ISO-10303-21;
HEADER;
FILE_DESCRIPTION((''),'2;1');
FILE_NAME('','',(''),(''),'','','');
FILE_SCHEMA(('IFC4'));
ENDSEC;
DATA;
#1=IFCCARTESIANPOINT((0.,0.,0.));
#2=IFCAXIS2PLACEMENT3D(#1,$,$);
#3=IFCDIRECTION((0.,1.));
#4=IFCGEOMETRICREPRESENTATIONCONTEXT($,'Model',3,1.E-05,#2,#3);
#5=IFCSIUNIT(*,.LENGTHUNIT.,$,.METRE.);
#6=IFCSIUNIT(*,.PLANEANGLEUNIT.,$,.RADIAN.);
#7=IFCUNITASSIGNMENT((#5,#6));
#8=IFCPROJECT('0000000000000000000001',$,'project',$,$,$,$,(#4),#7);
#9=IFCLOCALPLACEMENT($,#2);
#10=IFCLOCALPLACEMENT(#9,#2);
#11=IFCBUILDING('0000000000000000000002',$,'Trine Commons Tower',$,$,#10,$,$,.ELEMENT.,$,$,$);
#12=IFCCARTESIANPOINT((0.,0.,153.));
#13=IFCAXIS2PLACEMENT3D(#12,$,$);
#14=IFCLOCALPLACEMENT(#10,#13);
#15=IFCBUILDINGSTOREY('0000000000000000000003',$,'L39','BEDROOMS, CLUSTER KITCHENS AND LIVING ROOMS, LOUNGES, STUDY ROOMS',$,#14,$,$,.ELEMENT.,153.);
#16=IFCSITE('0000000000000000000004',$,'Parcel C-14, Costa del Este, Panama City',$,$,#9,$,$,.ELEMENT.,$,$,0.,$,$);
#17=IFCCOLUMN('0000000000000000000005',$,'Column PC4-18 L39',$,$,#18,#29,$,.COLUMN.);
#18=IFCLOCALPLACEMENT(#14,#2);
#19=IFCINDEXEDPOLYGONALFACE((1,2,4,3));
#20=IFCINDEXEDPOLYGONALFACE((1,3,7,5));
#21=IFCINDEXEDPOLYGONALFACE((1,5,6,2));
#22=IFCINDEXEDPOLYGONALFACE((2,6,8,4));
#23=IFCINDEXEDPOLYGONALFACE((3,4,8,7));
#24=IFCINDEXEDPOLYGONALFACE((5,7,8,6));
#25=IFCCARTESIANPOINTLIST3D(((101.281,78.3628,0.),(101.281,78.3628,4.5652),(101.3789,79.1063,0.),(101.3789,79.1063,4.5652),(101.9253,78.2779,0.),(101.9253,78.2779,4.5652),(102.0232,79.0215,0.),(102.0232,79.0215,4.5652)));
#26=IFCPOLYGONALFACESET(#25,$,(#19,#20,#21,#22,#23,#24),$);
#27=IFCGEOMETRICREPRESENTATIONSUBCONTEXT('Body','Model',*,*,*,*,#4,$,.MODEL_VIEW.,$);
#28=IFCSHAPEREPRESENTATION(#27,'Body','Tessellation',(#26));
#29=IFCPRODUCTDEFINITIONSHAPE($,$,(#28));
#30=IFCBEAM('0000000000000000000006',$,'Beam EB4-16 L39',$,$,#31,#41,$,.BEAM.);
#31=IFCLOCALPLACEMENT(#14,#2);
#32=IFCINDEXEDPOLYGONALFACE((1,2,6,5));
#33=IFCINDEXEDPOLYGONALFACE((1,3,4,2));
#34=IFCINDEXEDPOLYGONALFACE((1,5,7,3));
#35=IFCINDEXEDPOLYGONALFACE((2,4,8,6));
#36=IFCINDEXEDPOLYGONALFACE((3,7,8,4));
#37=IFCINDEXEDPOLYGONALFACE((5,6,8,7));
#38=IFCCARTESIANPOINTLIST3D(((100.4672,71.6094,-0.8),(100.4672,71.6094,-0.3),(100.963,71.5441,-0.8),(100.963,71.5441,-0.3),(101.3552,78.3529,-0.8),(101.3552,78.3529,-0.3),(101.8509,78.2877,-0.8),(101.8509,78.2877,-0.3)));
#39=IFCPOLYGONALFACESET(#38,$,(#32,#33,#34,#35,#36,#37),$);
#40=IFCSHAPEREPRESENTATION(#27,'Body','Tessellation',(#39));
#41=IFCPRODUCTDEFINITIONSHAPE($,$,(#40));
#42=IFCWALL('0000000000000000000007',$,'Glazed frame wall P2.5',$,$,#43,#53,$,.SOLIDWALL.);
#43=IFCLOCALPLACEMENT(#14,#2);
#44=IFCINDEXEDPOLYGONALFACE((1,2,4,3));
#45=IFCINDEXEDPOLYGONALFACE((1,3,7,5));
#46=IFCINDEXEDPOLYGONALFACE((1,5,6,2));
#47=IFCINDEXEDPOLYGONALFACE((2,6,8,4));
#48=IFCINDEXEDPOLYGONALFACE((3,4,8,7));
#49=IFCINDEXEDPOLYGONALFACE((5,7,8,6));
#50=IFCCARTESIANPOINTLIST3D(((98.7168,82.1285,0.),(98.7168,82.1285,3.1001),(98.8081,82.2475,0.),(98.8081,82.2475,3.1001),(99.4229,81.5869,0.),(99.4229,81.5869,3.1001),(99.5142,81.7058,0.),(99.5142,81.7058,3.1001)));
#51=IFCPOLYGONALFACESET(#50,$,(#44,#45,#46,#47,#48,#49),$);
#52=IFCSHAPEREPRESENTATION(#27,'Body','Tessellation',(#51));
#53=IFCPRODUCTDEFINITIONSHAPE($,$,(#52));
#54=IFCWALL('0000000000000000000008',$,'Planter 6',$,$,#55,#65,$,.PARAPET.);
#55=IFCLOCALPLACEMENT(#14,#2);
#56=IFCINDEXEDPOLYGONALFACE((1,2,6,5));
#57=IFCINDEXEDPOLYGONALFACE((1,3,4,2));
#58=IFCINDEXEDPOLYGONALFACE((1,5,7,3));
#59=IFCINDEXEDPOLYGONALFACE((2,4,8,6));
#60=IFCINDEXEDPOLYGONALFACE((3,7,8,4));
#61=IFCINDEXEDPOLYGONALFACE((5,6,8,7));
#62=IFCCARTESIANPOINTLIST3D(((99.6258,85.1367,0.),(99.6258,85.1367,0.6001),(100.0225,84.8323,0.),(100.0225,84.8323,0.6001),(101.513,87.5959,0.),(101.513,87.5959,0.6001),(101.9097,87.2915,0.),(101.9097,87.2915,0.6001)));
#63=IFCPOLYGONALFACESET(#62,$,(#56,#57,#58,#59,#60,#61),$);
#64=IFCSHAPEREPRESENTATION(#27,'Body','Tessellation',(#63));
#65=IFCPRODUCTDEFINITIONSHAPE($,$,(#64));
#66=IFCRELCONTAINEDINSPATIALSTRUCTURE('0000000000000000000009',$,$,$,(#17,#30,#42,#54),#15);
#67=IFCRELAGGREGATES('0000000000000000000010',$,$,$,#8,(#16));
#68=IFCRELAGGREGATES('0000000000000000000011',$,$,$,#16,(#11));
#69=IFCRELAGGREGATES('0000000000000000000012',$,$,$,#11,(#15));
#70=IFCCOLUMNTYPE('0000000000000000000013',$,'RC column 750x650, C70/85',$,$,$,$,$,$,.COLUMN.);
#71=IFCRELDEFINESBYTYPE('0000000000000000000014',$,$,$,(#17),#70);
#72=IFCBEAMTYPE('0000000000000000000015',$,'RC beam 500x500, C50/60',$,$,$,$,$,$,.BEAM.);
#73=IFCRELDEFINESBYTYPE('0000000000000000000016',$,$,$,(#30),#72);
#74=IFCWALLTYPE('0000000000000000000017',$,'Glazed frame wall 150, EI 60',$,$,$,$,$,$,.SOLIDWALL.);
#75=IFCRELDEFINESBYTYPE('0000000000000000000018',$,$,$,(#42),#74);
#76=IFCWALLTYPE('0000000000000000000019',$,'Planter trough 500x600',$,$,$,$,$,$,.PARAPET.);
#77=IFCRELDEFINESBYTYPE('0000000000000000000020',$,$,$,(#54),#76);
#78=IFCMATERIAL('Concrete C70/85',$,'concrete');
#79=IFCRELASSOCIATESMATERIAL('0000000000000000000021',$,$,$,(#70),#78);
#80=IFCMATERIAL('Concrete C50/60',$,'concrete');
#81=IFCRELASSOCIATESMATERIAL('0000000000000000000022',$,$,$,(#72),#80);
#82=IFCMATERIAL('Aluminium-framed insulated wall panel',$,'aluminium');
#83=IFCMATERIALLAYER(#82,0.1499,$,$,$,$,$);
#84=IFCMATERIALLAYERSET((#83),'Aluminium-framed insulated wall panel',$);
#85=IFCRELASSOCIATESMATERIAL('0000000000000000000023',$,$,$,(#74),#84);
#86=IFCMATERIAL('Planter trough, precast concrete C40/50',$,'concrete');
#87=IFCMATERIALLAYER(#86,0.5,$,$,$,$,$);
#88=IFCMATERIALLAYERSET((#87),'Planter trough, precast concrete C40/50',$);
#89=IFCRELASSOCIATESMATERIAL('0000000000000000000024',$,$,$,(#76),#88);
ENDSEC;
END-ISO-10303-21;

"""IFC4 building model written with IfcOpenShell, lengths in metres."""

from ifc_helpers import new_model, si_unit, direction, frame, frame_2d, origin, origin_2d, place, context, subcontext, project, spatial, polyline, rectangle, outline, extrude, material, layer, layer_set, material_profile, profile_set, type_object, element, save


model = new_model("IFC4")

# Units and contexts
model_context = context("Model", 3, precision=1e-05, world=origin(), true_north=direction((0.0, 1.0)))
body_context = subcontext(model_context, "Body", "Model", "MODEL_VIEW")
ifc_project = project(units=[si_unit("LENGTHUNIT", "METRE"), si_unit("PLANEANGLEUNIT", "RADIAN")], contexts=[model_context])

# Site, building, storey
site_placement = place(None, origin())
site = spatial("IfcSite", under=ifc_project, at=site_placement, Name="Parcel C-14, Costa del Este, Panama City", CompositionType="ELEMENT", RefElevation=0.0)
building_placement = place(site_placement, origin())
building = spatial("IfcBuilding", under=site, at=building_placement, Name="Trine Commons Tower", CompositionType="ELEMENT")
storey_placement = place(building_placement, frame((0.0, 0.0, 153.0)))
storey = spatial("IfcBuildingStorey", under=building, at=storey_placement, Name="L39", Description="BEDROOMS, CLUSTER KITCHENS AND LIVING ROOMS, LOUNGES, STUDY ROOMS", CompositionType="ELEMENT", Elevation=153.0)

# Column
ifc_material_1 = material(Name="Concrete C70/85", Category="concrete")
ifc_material_profile_1 = material_profile(ifc_material_1, rectangle(XDim=0.75, YDim=0.6499, at=origin_2d()), Name="RC 750x650")
ifc_profile_set_1 = profile_set([ifc_material_profile_1], Name="Concrete C70/85")
column_type = type_object("IfcColumnType", Name="RC column 750x650, C70/85", PredefinedType="COLUMN", material=ifc_profile_set_1)
column_placement = place(storey_placement, frame((101.6521, 78.6921, 0.0), z_axis=(0.0, 0.0, 1.0), x_axis=(0.130526, 0.991445, 0.0)))
element("IfcColumn", 1, at=column_placement, inside=storey, type_object=column_type, Name="Column PC4-18 L39", PredefinedType="COLUMN", context=body_context, shape_type="SweptSolid", body=[
    extrude(rectangle(XDim=0.75, YDim=0.6499, at=origin_2d()), origin(), (0.0, 0.0, 1.0), 4.5652),
])

# Beam
ifc_material_2 = material(Name="Concrete C50/60", Category="concrete")
ifc_material_profile_2 = material_profile(ifc_material_2, rectangle(XDim=0.5, YDim=0.5, at=origin_2d()), Name="RC 500x500")
ifc_profile_set_2 = profile_set([ifc_material_profile_2], Name="Concrete C50/60")
beam_type = type_object("IfcBeamType", Name="RC beam 500x500, C50/60", PredefinedType="BEAM", material=ifc_profile_set_2)
beam_placement = place(storey_placement, frame((101.603, 78.3203, -0.55), z_axis=(-0.130544, -0.991443, 0.0), x_axis=(0.991443, -0.130544, 0.0)))
element("IfcBeam", 2, at=beam_placement, inside=storey, type_object=beam_type, Name="Beam EB4-16 L39", PredefinedType="BEAM", context=body_context, shape_type="SweptSolid", body=[
    extrude(rectangle(XDim=0.5, YDim=0.5, at=origin_2d()), origin(), (0.0, 0.0, 1.0), 6.8018),
])

# Wall
ifc_material_3 = material(Name="Aluminium-framed insulated wall panel", Category="aluminium")
ifc_layer_1 = layer(ifc_material_3, 0.1499)
ifc_layer_set_1 = layer_set([ifc_layer_1], Name="Aluminium-framed insulated wall panel")
wall_type_1 = type_object("IfcWallType", Name="Glazed frame wall 150, EI 60", PredefinedType="SOLIDWALL", material=ifc_layer_set_1)
wall_1_placement = place(storey_placement, frame((98.7625, 82.188, 0.0), z_axis=(0.0, 0.0, 1.0), x_axis=(0.793449, -0.608637, 0.0)))
element("IfcWall", 3, at=wall_1_placement, inside=storey, type_object=wall_type_1, Name="Glazed frame wall P2.5", PredefinedType="SOLIDWALL", context=body_context, shape_type="SweptSolid", body=[
    extrude(outline(polyline([(0.8899, 0.075), (0.0, 0.075), (0.0, -0.075), (0.8899, -0.075), (0.8899, 0.075)])), origin(), (0.0, 0.0, 1.0), 3.1001),
])

# Wall
ifc_material_4 = material(Name="Planter trough, precast concrete C40/50", Category="concrete")
ifc_layer_2 = layer(ifc_material_4, 0.5)
ifc_layer_set_2 = layer_set([ifc_layer_2], Name="Planter trough, precast concrete C40/50")
wall_type_2 = type_object("IfcWallType", Name="Planter trough 500x600", PredefinedType="PARAPET", material=ifc_layer_set_2)
wall_2_placement = place(storey_placement, frame((99.8242, 84.9846, 0.0), z_axis=(0.0, 0.0, 1.0), x_axis=(0.608797, 0.793326, 0.0)))
element("IfcWall", 4, at=wall_2_placement, inside=storey, type_object=wall_type_2, Name="Planter 6", PredefinedType="PARAPET", context=body_context, shape_type="SweptSolid", body=[
    extrude(rectangle(XDim=3.0999, YDim=0.5, at=frame_2d((1.5498, 0.0))), origin(), (0.0, 0.0, 1.0), 0.6001),
])

save(model, "model.ifc")
